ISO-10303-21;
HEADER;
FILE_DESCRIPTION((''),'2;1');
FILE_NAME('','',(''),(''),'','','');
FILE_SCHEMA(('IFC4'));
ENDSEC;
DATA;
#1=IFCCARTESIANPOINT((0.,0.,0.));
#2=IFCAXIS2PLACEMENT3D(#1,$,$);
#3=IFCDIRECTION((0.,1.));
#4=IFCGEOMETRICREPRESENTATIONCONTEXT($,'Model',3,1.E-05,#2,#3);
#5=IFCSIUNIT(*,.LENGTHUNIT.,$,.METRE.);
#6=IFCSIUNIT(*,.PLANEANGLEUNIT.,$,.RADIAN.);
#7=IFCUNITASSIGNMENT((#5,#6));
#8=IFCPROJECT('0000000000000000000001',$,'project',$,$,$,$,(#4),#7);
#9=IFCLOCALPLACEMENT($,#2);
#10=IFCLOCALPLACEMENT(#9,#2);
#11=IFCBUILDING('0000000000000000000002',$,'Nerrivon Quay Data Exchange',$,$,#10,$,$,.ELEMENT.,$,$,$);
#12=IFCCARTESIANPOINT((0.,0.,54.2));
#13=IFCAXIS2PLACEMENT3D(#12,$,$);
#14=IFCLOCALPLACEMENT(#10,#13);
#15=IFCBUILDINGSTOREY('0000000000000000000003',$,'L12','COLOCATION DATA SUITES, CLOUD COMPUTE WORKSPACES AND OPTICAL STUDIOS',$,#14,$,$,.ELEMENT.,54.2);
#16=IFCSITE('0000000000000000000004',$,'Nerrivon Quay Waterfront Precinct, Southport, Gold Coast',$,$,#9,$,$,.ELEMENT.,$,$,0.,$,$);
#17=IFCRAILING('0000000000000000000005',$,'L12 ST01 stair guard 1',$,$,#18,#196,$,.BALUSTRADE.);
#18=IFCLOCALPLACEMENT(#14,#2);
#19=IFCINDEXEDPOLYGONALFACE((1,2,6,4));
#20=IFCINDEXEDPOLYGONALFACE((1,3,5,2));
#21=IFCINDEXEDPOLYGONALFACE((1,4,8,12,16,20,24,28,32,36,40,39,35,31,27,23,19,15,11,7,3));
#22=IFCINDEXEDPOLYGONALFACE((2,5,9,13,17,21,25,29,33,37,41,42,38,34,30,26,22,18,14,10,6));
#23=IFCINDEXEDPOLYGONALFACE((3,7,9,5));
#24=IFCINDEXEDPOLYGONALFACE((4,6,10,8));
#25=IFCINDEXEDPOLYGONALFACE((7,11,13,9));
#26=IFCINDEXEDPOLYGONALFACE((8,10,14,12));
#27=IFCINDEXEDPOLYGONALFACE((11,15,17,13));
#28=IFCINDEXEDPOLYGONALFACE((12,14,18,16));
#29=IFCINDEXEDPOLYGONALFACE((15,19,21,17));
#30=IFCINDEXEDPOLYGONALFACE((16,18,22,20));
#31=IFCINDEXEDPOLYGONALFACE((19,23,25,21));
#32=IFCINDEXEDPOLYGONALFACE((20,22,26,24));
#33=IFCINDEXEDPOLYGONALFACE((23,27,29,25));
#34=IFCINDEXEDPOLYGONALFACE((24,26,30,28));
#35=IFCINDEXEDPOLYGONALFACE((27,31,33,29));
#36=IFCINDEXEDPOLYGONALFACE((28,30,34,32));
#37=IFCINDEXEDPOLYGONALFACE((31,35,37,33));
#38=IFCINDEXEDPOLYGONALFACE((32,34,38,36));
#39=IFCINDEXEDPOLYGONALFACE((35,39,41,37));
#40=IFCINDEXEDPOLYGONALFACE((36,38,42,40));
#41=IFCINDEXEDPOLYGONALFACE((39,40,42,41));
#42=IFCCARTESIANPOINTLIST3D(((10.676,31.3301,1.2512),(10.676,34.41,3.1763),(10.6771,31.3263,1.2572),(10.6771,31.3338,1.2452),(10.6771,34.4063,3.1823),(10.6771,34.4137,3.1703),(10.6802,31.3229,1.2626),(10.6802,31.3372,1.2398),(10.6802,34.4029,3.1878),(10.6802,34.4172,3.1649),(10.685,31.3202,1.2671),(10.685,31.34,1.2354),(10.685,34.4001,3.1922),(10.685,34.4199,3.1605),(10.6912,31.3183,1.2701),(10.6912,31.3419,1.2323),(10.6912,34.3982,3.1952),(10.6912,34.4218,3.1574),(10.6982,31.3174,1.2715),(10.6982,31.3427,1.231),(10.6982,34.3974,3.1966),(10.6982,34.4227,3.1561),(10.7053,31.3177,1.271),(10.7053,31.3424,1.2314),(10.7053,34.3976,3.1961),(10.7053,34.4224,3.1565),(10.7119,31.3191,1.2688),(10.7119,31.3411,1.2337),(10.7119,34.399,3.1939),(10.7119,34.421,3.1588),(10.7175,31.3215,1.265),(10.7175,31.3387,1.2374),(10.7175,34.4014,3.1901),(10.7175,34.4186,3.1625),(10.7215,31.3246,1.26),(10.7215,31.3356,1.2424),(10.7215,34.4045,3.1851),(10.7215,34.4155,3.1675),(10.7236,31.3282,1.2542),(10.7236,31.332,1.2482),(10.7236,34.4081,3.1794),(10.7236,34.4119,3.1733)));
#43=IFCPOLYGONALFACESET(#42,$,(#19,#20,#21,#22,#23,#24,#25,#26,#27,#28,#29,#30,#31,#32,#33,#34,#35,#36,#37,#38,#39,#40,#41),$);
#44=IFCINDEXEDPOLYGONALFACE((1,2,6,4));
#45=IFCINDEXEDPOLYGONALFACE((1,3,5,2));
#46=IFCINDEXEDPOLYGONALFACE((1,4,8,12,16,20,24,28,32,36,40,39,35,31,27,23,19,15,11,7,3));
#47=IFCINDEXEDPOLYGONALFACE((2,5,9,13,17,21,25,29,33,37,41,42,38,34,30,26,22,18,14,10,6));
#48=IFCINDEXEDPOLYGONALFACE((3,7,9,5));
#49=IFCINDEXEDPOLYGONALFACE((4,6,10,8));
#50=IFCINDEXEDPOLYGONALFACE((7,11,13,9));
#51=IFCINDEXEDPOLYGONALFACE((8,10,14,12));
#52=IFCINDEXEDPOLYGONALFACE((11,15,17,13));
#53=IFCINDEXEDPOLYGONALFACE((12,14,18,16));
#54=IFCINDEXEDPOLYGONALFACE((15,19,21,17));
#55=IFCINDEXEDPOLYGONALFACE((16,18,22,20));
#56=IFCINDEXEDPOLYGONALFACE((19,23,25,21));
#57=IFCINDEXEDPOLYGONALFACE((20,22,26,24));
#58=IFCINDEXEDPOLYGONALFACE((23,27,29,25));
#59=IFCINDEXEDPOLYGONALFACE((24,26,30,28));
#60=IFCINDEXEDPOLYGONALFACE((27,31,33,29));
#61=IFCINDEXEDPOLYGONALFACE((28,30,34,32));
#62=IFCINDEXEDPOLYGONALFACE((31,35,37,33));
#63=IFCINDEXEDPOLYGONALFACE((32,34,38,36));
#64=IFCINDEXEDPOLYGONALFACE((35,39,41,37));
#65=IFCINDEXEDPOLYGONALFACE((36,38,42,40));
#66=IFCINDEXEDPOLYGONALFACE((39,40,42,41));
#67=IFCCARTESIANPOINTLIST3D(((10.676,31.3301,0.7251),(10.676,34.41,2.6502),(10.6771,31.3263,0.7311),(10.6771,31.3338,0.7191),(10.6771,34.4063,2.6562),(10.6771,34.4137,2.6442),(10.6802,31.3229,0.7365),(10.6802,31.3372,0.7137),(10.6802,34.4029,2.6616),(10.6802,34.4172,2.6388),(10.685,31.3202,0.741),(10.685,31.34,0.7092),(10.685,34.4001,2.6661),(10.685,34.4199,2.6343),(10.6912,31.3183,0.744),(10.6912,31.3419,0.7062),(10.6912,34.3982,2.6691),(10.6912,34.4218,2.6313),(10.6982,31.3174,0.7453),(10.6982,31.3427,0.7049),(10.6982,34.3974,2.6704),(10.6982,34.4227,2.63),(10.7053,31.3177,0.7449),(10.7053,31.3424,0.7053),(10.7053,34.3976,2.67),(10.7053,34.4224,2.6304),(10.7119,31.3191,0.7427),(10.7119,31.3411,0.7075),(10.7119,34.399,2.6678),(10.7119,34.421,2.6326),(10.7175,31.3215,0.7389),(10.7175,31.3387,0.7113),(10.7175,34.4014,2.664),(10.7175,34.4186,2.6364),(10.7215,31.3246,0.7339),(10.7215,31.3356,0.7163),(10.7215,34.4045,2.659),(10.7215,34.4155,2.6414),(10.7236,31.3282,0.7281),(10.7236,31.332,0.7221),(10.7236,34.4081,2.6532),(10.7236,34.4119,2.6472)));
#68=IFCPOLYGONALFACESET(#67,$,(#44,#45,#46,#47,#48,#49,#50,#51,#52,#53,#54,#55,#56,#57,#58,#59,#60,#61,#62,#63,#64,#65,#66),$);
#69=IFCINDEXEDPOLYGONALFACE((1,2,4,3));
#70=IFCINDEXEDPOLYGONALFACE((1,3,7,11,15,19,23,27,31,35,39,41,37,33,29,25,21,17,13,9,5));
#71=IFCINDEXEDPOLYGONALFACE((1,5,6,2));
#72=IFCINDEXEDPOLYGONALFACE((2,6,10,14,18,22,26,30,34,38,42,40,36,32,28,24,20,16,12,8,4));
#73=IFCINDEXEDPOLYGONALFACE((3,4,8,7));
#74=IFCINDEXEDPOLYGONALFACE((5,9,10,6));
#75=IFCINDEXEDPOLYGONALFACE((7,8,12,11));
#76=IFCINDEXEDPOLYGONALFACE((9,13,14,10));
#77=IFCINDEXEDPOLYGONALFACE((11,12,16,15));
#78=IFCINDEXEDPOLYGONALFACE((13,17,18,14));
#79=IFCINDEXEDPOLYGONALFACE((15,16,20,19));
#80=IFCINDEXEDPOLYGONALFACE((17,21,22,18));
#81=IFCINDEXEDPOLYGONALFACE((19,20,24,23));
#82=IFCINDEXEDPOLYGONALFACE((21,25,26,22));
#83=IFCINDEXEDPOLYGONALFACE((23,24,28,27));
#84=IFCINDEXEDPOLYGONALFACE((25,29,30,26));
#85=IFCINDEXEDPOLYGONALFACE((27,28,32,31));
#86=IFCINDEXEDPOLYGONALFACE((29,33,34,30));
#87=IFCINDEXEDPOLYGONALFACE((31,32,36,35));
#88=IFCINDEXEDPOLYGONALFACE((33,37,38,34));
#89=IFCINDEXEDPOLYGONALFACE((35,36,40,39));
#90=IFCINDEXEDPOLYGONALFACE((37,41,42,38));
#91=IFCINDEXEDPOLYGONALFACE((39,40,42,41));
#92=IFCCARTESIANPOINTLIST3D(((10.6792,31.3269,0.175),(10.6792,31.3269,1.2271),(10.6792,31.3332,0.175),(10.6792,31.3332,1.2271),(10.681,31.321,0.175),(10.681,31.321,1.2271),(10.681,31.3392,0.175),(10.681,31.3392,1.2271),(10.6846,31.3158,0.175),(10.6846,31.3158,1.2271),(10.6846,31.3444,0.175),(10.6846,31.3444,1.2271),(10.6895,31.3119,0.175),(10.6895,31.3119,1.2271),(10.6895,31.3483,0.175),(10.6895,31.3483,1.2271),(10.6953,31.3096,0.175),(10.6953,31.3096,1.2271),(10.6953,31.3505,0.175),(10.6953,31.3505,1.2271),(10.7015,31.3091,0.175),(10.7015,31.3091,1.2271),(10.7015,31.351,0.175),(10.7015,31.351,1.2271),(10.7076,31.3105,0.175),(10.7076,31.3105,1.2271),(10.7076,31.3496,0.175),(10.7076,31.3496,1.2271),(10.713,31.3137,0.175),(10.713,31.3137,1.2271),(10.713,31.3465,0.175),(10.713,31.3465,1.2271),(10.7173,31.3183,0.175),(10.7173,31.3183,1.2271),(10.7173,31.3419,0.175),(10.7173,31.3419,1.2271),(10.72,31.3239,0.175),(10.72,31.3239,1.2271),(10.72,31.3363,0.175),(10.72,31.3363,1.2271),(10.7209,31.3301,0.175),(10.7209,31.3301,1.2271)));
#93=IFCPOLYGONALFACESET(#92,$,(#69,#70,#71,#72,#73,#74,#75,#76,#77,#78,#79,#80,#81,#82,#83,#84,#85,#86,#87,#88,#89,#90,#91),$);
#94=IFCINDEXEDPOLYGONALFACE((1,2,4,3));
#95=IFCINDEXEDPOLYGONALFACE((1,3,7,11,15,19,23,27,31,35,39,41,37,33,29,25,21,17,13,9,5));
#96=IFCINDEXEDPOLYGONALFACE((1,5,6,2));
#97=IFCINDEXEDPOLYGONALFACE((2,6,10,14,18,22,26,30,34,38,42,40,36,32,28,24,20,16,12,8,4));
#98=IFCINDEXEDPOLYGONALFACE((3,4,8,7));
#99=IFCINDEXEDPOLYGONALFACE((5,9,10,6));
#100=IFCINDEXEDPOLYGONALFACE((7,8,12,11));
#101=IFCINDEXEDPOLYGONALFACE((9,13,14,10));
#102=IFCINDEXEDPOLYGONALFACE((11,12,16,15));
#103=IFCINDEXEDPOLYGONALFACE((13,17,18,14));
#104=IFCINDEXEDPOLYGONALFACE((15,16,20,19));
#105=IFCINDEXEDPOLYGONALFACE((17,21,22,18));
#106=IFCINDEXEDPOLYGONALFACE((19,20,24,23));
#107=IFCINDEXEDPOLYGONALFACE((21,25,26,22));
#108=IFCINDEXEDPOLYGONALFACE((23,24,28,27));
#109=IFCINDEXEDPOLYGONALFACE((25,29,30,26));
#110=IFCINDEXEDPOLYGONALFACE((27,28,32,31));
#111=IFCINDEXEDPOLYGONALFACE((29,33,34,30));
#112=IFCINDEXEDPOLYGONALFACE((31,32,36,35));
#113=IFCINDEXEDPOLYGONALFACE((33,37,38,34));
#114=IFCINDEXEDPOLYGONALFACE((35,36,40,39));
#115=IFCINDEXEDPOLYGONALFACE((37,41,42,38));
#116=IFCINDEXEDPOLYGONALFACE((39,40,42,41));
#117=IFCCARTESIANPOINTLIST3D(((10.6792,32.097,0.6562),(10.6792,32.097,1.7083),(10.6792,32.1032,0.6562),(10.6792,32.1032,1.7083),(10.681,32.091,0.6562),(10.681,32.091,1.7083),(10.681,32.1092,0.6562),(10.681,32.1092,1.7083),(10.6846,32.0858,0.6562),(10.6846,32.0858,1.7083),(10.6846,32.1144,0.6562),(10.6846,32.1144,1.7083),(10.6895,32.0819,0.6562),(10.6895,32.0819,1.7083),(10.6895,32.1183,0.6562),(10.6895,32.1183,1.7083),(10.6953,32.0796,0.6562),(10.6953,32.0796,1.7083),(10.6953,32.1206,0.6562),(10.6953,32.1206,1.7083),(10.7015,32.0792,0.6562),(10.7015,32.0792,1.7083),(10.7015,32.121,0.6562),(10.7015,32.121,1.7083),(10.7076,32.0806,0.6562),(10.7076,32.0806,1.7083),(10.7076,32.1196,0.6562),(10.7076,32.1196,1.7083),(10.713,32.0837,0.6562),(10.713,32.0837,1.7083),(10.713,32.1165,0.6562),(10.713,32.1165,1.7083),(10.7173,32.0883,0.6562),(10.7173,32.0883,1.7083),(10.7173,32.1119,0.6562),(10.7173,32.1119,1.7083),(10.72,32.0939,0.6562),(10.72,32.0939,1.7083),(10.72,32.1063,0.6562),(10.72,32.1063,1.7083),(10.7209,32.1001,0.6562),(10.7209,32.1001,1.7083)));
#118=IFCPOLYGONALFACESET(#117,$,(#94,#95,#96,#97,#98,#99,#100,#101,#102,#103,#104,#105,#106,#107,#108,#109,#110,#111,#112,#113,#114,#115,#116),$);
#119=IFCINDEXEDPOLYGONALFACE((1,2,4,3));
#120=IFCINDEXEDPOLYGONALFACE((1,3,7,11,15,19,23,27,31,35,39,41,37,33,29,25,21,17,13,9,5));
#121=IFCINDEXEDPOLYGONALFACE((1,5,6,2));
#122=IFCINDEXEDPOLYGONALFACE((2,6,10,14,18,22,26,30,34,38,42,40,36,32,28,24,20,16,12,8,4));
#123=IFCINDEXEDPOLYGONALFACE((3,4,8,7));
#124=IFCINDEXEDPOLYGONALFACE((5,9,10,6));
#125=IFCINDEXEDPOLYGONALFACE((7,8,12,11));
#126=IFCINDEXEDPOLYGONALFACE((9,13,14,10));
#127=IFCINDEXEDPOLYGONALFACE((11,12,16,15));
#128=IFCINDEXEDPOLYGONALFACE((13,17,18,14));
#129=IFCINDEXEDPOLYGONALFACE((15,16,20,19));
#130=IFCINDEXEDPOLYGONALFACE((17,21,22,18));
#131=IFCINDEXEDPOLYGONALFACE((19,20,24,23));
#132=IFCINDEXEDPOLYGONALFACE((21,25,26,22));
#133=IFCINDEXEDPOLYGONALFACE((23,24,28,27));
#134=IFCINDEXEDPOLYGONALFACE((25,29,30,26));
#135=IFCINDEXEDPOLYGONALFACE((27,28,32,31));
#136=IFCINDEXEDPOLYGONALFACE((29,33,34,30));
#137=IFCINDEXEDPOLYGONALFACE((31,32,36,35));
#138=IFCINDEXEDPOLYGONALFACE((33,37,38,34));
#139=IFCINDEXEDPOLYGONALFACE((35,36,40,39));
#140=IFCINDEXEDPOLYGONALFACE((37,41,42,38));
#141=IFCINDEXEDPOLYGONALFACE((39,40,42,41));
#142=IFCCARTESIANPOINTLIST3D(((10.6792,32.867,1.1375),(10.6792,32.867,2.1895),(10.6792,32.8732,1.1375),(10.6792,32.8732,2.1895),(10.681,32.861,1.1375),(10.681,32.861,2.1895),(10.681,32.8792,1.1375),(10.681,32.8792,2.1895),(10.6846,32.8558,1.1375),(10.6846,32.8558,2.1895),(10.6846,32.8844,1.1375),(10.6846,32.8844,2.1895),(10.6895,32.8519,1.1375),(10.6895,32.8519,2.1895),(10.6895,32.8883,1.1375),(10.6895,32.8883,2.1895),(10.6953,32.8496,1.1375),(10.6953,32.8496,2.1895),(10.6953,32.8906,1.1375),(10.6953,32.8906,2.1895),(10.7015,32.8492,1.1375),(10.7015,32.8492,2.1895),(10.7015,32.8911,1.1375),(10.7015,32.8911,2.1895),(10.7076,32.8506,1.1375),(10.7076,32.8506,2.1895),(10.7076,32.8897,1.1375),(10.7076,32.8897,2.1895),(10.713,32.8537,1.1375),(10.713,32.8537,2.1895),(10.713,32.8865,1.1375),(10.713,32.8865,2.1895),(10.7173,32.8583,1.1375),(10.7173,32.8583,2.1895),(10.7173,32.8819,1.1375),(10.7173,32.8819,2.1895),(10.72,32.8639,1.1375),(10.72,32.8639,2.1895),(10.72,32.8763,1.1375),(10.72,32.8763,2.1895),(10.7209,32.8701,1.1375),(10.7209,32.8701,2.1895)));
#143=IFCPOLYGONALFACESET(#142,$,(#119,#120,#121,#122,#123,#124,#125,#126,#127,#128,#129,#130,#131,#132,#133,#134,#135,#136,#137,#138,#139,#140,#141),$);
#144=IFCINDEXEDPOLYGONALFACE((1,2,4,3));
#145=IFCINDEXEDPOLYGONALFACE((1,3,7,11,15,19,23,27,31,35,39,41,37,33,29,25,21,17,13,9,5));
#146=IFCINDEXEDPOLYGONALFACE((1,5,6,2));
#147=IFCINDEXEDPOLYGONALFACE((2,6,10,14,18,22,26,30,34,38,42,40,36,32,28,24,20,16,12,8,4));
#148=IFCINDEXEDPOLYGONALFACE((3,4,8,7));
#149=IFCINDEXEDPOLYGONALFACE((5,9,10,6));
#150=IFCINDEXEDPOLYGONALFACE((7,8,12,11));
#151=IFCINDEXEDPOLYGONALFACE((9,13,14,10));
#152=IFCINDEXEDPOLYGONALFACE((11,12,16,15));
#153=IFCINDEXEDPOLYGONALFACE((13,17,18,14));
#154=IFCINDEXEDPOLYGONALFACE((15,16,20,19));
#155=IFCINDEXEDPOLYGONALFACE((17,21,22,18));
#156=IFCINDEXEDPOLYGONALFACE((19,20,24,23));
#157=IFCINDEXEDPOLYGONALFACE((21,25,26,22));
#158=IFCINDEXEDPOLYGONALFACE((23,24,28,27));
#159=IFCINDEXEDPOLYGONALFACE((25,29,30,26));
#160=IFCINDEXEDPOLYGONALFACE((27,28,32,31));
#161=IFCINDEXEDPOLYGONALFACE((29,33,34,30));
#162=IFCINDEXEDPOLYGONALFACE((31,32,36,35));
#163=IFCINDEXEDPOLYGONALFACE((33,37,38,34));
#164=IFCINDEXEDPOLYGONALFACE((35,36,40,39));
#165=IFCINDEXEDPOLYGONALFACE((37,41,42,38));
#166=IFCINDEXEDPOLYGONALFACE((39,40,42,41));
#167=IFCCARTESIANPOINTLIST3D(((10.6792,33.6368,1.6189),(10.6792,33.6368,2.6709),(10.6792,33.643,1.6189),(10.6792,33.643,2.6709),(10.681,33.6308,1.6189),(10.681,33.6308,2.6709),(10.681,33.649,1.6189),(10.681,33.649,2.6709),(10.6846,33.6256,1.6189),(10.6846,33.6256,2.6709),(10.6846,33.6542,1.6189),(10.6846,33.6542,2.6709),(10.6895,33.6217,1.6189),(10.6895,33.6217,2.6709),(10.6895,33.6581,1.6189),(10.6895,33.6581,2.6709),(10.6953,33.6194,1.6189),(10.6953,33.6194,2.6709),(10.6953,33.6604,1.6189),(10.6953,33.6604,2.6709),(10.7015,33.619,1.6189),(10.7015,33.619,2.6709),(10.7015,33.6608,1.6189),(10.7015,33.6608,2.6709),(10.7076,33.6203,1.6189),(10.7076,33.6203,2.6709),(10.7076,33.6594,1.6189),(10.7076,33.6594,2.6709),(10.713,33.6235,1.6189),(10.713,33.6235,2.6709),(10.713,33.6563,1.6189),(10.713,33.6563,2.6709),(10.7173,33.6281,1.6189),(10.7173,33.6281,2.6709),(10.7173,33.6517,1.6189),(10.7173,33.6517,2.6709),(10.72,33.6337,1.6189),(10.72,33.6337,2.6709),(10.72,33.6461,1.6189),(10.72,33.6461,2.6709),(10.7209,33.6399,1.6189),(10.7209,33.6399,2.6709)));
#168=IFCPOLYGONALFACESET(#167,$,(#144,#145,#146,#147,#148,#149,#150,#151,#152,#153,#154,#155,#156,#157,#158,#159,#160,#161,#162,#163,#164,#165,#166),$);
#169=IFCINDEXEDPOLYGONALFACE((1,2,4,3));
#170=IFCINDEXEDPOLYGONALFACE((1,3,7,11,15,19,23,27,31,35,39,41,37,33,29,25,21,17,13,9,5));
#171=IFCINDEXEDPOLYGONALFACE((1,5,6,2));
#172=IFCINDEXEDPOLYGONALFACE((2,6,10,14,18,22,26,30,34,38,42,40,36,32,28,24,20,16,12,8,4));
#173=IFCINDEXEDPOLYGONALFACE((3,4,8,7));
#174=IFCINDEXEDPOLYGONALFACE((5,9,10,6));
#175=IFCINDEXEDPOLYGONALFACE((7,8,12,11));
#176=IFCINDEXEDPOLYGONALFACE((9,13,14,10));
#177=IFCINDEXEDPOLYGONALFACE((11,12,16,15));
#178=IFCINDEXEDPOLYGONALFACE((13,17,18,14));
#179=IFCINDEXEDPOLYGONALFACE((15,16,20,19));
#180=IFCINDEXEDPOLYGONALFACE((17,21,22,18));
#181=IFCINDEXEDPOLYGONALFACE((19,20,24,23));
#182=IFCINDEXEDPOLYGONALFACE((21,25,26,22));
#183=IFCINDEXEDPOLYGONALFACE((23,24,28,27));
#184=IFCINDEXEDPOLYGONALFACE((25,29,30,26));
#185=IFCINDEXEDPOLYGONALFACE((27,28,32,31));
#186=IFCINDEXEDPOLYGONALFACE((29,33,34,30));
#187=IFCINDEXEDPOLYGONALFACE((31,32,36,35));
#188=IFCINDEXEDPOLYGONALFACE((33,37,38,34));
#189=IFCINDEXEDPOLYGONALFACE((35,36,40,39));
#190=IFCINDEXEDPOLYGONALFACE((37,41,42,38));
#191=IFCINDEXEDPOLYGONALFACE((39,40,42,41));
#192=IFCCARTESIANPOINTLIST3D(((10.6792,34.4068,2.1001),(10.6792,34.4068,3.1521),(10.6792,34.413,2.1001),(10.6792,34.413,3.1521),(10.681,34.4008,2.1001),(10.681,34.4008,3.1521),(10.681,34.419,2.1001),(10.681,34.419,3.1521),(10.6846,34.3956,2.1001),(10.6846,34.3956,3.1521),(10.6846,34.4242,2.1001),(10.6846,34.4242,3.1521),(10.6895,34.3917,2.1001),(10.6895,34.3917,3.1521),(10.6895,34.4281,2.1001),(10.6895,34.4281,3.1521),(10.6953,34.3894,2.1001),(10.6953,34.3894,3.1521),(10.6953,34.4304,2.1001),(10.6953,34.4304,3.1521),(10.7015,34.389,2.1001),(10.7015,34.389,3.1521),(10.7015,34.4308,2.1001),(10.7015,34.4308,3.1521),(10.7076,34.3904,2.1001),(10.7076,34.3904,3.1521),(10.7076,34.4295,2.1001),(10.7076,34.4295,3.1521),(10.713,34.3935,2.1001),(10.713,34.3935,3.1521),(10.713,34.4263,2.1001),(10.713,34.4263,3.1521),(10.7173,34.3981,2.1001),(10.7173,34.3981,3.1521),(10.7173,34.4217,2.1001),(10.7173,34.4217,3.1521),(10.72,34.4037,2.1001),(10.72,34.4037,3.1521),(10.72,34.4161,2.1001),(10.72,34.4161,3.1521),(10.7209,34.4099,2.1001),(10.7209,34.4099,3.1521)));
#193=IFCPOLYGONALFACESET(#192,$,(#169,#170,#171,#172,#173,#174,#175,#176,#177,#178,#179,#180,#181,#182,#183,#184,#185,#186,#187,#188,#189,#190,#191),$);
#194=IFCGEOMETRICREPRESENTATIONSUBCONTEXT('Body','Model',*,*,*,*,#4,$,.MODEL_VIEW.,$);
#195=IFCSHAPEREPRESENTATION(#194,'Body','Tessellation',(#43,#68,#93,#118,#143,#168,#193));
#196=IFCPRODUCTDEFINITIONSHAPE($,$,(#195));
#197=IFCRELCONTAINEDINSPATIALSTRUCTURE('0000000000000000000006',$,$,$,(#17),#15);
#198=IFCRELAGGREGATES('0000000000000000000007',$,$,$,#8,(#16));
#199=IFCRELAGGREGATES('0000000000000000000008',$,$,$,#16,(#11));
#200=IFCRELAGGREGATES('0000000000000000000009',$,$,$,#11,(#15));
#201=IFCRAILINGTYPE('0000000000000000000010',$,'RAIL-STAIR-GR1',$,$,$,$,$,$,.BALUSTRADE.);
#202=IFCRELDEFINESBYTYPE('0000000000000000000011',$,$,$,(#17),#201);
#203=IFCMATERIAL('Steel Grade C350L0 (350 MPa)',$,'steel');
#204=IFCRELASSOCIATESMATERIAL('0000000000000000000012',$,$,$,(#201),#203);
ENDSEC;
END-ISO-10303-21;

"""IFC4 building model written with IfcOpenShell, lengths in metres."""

from ifc_helpers import new_model, si_unit, direction, frame, origin, origin_2d, place, context, subcontext, project, spatial, circle, extrude, material, type_object, element, save


model = new_model("IFC4")

# Units and contexts
model_context = context("Model", 3, precision=1e-05, world=origin(), true_north=direction((0.0, 1.0)))
body_context = subcontext(model_context, "Body", "Model", "MODEL_VIEW")
ifc_project = project(units=[si_unit("LENGTHUNIT", "METRE"), si_unit("PLANEANGLEUNIT", "RADIAN")], contexts=[model_context])

# Site, building, storey
site_placement = place(None, origin())
site = spatial("IfcSite", under=ifc_project, at=site_placement, Name="Nerrivon Quay Waterfront Precinct, Southport, Gold Coast", CompositionType="ELEMENT", RefElevation=0.0)
building_placement = place(site_placement, origin())
building = spatial("IfcBuilding", under=site, at=building_placement, Name="Nerrivon Quay Data Exchange", CompositionType="ELEMENT")
storey_placement = place(building_placement, frame((0.0, 0.0, 54.2)))
storey = spatial("IfcBuildingStorey", under=building, at=storey_placement, Name="L12", Description="COLOCATION DATA SUITES, CLOUD COMPUTE WORKSPACES AND OPTICAL STUDIOS", CompositionType="ELEMENT", Elevation=54.2)

# Railing
ifc_material_1 = material(Name="Steel Grade C350L0 (350 MPa)", Category="steel")
railing_type_1 = type_object("IfcRailingType", Name="RAIL-STAIR-GR1", PredefinedType="BALUSTRADE", material=ifc_material_1)
railing_1_placement = place(storey_placement, frame((10.7, 31.3301, 0.175)))
element("IfcRailing", 1, at=railing_1_placement, inside=storey, type_object=railing_type_1, Name="L12 ST01 stair guard 1", PredefinedType="BALUSTRADE", context=body_context, shape_type="SweptSolid", body=[
    extrude(circle(Radius=0.0239, at=origin_2d()), frame((0.0, 0.0, 1.0762), z_axis=(0.0, 0.847979, 0.530029), x_axis=(-1.0, 0.0, 0.0)), (0.0, 0.0, 1.0), 3.6321),
    extrude(circle(Radius=0.0239, at=origin_2d()), frame((0.0, 0.0, 0.55), z_axis=(0.0, 0.847979, 0.530029), x_axis=(-1.0, 0.0, 0.0)), (0.0, 0.0, 1.0), 3.6321),
    extrude(circle(Radius=0.021, at=origin_2d()), origin(), (0.0, 0.0, 1.0), 1.052),
    extrude(circle(Radius=0.021, at=origin_2d()), frame((0.0, 0.77, 0.4812)), (0.0, 0.0, 1.0), 1.052),
    extrude(circle(Radius=0.021, at=origin_2d()), frame((0.0, 1.54, 0.9624)), (0.0, 0.0, 1.0), 1.052),
    extrude(circle(Radius=0.021, at=origin_2d()), frame((0.0, 2.3098, 1.4438)), (0.0, 0.0, 1.0), 1.052),
    extrude(circle(Radius=0.021, at=origin_2d()), frame((0.0, 3.0798, 1.925)), (0.0, 0.0, 1.0), 1.052),
])

save(model, "model.ifc")
